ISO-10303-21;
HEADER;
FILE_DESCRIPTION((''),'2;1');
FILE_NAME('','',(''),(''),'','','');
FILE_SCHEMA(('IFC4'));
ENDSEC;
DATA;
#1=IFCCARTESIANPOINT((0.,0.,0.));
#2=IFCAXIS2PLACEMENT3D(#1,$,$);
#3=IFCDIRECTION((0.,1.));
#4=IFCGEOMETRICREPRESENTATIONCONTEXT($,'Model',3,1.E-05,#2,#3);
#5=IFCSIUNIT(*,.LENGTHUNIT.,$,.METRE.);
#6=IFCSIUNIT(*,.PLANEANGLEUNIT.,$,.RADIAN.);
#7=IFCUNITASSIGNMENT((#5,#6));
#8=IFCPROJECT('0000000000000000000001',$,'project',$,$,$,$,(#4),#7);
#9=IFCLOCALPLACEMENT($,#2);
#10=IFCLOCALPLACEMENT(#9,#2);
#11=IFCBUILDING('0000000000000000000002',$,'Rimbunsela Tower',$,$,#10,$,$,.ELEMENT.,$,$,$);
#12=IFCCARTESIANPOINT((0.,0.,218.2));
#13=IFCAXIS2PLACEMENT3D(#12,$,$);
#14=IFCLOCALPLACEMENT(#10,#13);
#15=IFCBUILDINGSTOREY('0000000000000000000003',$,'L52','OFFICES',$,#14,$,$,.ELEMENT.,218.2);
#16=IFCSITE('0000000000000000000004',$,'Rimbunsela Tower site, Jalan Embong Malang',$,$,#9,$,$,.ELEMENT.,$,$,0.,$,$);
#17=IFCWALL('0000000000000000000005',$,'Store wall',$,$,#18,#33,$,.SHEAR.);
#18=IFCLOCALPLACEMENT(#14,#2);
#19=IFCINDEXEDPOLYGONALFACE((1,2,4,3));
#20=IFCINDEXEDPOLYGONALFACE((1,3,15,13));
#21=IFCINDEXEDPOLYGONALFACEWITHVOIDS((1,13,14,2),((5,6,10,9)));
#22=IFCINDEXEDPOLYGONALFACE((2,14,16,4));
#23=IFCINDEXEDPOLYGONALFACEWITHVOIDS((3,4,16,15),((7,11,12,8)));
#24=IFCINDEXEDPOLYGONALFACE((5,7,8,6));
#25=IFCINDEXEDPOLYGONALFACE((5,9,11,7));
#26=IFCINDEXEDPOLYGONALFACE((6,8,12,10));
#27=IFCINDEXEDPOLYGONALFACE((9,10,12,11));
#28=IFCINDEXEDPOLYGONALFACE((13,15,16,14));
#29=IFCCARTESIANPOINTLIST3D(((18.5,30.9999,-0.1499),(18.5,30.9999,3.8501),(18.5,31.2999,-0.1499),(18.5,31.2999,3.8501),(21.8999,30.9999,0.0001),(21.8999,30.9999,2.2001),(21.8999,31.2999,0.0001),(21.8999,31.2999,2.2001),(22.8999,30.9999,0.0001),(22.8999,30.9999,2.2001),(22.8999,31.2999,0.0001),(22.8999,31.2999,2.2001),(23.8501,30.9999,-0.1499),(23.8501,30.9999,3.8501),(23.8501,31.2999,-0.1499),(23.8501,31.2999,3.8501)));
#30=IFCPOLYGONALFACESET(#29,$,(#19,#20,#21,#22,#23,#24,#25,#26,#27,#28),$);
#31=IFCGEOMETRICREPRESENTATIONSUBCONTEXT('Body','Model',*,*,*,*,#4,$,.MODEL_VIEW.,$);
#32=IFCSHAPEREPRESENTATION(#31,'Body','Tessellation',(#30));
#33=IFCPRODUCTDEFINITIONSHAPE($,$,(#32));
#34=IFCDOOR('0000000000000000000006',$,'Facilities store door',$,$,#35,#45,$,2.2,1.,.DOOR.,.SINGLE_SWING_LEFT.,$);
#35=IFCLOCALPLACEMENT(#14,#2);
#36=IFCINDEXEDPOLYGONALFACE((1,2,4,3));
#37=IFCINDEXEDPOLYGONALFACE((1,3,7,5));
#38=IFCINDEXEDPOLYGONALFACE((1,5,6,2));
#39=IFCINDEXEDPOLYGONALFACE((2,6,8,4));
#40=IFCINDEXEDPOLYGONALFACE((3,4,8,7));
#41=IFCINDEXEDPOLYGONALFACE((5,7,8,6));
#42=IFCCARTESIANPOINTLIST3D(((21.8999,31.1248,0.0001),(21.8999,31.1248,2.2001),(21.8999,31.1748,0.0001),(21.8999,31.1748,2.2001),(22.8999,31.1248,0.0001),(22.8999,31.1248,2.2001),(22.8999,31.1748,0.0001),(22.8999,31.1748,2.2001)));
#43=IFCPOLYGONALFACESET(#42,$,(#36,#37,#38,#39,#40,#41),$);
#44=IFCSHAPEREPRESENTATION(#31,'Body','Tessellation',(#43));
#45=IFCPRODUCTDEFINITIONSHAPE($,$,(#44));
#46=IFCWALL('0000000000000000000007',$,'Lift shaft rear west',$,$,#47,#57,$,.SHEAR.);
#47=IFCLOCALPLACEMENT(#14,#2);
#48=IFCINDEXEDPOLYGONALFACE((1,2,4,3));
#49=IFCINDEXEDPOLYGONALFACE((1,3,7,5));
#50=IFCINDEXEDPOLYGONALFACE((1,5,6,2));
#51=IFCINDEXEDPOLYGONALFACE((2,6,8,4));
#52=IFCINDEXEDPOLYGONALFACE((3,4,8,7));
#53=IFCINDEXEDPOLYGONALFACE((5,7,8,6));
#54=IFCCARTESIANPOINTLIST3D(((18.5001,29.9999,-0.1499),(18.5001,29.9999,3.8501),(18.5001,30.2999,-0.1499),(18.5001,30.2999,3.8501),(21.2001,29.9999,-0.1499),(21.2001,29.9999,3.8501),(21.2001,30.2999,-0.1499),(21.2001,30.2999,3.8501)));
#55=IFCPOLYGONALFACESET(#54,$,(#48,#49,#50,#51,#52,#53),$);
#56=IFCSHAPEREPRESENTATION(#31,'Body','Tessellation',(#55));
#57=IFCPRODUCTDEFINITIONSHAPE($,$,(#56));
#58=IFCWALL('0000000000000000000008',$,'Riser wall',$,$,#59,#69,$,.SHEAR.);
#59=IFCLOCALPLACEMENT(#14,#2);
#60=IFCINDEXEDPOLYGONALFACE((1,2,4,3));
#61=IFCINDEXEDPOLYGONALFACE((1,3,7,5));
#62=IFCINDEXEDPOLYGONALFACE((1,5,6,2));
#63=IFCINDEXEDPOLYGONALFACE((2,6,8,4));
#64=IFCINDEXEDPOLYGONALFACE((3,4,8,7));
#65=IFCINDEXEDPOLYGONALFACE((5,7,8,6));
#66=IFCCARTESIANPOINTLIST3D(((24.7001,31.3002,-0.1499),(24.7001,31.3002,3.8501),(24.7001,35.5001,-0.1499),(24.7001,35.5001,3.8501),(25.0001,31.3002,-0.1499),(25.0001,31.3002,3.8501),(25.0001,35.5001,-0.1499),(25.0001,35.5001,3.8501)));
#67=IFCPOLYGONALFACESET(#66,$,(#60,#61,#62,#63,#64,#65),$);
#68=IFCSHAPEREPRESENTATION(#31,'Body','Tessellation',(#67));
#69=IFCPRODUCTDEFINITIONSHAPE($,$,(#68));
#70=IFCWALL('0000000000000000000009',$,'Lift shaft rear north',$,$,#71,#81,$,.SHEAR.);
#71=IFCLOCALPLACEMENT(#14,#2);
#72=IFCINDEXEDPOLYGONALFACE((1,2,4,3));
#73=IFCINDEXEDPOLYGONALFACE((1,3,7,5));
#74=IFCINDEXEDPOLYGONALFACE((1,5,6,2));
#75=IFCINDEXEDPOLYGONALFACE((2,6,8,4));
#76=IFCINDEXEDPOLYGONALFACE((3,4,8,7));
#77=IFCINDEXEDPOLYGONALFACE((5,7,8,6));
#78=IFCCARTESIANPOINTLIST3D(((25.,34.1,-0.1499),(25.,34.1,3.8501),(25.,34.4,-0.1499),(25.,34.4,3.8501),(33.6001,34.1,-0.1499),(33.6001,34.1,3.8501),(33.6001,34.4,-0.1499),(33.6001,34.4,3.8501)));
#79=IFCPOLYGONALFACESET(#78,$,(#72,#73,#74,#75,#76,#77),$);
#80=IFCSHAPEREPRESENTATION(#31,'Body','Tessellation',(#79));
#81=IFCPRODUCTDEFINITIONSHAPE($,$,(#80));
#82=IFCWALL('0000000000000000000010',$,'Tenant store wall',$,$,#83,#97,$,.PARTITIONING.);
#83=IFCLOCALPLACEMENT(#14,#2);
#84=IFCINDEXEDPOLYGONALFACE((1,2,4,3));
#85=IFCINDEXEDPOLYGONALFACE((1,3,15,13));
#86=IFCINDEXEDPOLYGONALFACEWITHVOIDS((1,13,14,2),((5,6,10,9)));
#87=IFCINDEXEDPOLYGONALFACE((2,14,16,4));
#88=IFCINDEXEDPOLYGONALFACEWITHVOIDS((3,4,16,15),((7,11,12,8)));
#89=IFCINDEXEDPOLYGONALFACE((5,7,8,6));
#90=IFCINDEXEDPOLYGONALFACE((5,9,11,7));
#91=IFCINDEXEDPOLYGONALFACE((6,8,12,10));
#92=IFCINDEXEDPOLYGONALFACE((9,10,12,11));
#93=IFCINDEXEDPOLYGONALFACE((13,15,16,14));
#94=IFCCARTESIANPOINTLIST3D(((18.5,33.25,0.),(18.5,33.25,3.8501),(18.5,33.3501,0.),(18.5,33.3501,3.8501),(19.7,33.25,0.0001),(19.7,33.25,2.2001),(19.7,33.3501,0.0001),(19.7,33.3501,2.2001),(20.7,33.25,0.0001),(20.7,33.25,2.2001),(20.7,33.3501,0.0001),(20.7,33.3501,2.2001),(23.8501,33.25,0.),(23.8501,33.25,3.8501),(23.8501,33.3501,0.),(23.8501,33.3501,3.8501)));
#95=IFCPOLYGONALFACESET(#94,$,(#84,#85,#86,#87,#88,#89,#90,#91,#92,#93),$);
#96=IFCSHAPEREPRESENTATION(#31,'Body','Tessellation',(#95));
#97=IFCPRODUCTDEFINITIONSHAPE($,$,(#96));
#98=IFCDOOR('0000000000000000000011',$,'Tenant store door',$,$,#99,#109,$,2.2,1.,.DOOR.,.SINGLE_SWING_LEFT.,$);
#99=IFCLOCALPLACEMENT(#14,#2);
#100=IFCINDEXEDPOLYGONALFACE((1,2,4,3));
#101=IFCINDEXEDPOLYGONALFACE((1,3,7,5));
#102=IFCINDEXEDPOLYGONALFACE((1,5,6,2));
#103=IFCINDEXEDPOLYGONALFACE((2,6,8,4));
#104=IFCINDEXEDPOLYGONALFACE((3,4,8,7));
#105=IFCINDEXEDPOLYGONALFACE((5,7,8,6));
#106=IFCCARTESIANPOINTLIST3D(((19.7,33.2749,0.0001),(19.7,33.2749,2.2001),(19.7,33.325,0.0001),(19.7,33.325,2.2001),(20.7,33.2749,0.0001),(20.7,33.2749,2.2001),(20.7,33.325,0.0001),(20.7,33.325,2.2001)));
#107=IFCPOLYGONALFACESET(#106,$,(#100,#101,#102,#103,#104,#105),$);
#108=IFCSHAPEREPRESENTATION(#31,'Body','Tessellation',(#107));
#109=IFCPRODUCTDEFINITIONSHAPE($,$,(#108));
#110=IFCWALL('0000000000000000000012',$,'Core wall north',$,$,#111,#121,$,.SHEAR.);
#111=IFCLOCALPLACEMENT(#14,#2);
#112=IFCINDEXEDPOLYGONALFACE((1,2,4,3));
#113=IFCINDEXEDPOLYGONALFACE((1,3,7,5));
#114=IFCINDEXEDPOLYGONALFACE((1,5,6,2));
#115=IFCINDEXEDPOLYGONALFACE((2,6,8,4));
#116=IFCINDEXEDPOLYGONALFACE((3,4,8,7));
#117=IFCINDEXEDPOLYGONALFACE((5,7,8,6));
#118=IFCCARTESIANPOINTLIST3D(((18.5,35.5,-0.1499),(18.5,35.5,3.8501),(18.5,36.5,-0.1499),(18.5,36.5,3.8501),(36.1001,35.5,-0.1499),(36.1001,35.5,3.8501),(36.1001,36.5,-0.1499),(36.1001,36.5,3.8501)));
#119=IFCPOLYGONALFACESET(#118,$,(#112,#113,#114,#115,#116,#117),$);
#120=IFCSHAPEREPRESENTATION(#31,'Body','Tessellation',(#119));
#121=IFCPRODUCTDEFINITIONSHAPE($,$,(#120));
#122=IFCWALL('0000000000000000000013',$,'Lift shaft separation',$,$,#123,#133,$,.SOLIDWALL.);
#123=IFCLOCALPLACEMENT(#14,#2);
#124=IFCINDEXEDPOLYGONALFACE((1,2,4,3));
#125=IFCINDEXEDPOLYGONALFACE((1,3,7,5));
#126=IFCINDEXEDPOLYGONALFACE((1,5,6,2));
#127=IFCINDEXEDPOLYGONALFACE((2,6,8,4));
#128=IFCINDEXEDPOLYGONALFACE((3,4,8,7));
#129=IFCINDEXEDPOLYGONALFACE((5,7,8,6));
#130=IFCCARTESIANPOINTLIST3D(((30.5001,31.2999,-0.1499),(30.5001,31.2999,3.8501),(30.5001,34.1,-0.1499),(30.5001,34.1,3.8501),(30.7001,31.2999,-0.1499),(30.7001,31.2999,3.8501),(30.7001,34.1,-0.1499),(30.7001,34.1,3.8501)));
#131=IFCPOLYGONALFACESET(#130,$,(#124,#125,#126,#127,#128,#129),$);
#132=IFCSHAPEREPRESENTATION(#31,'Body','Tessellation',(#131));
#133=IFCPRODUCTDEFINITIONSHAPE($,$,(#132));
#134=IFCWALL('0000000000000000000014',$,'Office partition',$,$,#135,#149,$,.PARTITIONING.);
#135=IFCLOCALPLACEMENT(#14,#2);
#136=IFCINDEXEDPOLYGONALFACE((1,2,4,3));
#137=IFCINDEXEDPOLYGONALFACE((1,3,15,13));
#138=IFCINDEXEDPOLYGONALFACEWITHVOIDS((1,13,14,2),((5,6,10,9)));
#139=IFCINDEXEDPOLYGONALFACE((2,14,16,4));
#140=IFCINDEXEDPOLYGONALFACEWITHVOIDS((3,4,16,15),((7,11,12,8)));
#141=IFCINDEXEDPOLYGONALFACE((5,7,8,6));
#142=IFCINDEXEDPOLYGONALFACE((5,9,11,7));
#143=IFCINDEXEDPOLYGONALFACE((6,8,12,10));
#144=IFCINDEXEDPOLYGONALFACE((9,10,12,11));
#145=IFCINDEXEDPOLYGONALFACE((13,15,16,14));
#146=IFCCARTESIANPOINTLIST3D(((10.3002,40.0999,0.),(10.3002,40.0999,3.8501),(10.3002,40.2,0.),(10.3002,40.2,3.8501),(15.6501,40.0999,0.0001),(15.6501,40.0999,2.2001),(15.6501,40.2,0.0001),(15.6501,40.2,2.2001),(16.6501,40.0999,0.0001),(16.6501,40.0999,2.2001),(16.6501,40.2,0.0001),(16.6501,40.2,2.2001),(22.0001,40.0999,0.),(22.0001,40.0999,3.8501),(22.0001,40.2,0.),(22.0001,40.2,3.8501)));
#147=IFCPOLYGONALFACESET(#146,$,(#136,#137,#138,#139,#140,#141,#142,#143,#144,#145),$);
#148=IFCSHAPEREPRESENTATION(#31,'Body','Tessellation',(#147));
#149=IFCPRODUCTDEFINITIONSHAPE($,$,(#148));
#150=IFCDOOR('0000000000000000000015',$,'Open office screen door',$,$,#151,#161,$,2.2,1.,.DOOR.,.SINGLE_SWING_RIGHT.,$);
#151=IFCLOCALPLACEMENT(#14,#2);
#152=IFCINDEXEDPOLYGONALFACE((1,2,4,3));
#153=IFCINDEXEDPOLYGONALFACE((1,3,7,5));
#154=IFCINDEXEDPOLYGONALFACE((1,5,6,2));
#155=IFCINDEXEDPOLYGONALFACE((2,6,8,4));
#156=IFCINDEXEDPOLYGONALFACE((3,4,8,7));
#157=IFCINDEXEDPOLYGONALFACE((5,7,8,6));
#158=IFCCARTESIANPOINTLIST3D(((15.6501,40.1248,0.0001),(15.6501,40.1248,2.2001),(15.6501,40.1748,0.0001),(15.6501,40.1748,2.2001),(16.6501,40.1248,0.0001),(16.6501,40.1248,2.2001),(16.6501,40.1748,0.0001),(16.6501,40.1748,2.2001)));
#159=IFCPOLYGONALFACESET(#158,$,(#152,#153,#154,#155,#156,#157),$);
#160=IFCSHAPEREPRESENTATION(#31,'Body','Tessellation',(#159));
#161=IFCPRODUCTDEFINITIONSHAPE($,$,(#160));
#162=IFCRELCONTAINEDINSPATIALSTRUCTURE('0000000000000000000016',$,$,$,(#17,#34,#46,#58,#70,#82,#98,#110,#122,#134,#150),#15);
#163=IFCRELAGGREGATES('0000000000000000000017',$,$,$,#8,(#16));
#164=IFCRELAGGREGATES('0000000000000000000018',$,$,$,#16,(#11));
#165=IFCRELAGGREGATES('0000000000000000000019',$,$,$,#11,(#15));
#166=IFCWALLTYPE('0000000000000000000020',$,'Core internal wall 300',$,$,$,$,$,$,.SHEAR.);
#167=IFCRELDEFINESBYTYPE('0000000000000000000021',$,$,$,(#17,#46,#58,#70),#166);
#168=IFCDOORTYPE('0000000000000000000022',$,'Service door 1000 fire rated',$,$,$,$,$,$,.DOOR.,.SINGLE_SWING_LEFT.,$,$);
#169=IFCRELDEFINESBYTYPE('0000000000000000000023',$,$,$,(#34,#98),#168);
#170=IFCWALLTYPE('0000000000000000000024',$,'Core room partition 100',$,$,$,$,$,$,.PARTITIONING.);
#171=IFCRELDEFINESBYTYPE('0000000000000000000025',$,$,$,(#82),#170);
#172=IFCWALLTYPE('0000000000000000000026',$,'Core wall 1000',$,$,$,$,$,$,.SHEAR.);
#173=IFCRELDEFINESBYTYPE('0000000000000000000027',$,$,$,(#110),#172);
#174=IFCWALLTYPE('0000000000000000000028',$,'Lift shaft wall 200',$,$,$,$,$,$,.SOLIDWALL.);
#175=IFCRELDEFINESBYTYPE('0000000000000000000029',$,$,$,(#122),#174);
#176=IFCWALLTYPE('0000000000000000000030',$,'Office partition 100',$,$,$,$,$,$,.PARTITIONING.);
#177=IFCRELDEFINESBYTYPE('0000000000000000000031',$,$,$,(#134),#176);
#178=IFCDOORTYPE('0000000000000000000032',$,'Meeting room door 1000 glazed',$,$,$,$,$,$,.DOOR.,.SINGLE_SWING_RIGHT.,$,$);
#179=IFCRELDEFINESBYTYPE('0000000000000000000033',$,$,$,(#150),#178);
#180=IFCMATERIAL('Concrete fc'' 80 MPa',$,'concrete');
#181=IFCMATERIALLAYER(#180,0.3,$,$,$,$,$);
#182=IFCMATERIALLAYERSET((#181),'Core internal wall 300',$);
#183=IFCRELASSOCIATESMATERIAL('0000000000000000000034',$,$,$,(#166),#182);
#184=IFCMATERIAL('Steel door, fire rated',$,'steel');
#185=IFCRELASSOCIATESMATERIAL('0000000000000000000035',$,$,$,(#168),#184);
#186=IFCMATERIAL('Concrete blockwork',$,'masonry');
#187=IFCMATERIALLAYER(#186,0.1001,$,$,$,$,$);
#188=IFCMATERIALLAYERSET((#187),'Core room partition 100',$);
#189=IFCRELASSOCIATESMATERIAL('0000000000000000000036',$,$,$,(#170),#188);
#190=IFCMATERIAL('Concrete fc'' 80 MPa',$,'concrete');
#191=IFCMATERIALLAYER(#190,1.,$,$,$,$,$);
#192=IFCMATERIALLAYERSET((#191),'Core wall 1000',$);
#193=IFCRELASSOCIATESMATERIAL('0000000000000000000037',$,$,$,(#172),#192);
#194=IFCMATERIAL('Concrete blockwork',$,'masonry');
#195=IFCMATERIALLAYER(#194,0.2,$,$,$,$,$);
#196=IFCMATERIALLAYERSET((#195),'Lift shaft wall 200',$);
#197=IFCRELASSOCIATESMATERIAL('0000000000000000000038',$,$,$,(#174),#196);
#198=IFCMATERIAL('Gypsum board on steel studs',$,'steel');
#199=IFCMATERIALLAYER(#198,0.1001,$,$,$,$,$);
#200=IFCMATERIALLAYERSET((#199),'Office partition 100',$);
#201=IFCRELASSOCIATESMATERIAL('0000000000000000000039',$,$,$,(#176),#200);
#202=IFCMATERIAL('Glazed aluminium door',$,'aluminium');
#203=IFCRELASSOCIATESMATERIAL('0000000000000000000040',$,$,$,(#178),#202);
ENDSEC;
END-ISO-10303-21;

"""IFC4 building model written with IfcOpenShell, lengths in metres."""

from ifc_helpers import new_model, si_unit, direction, frame, frame_2d, origin, place, context, subcontext, project, spatial, rectangle, extrude, material, layer, layer_set, type_object, element, fill, save


model = new_model("IFC4")

# Units and contexts
model_context = context("Model", 3, precision=1e-05, world=origin(), true_north=direction((0.0, 1.0)))
body_context = subcontext(model_context, "Body", "Model", "MODEL_VIEW")
ifc_project = project(units=[si_unit("LENGTHUNIT", "METRE"), si_unit("PLANEANGLEUNIT", "RADIAN")], contexts=[model_context])

# Site, building, storey
site_placement = place(None, origin())
site = spatial("IfcSite", under=ifc_project, at=site_placement, Name="Rimbunsela Tower site, Jalan Embong Malang", CompositionType="ELEMENT", RefElevation=0.0)
building_placement = place(site_placement, origin())
building = spatial("IfcBuilding", under=site, at=building_placement, Name="Rimbunsela Tower", CompositionType="ELEMENT")
storey_placement = place(building_placement, frame((0.0, 0.0, 218.2)))
storey = spatial("IfcBuildingStorey", under=building, at=storey_placement, Name="L52", Description="OFFICES", CompositionType="ELEMENT", Elevation=218.2)

# Shared definitions
ifc_material_1 = material(Name="Concrete fc' 80 MPa", Category="concrete")
ifc_layer_1 = layer(ifc_material_1, 0.3)
ifc_layer_set_1 = layer_set([ifc_layer_1], Name="Core internal wall 300")
wall_type_1 = type_object("IfcWallType", Name="Core internal wall 300", PredefinedType="SHEAR", material=ifc_layer_set_1)
ifc_material_2 = material(Name="Steel door, fire rated", Category="steel")
door_type_1 = type_object("IfcDoorType", Name="Service door 1000 fire rated", OperationType="SINGLE_SWING_LEFT", PredefinedType="DOOR", material=ifc_material_2)

# Wall, opening, door
wall_1_placement = place(storey_placement, frame((18.5, 31.1499, -0.1499), z_axis=(0.0, 0.0, 1.0), x_axis=(1.0, 0.0, 0.0)))
wall_1 = element("IfcWall", 1, at=wall_1_placement, inside=storey, type_object=wall_type_1, Name="Store wall", PredefinedType="SHEAR", context=body_context, shape_type="SweptSolid", body=[
    extrude(rectangle(XDim=5.3501, YDim=0.3, at=frame_2d((2.675, 0.0))), origin(), (0.0, 0.0, 1.0), 4.0),
])
opening_1_placement = place(wall_1_placement, frame((3.3999, 0.0, 0.1499)))
opening_1 = element("IfcOpeningElement", 2, at=opening_1_placement, cuts=wall_1, PredefinedType="OPENING", context=body_context, shape_type="SweptSolid", body=[
    extrude(rectangle(XDim=1.0, YDim=2.2, at=frame_2d((0.5, 1.1001))), frame((0.0, 0.1599, 0.0), z_axis=(0.0, -1.0, 0.0), x_axis=(1.0, 0.0, 0.0)), (0.0, 0.0, 1.0), 0.3201),
])
door_1_placement = place(opening_1_placement, origin())
door_1 = element("IfcDoor", 3, at=door_1_placement, inside=storey, type_object=door_type_1, Name="Facilities store door", OperationType="SINGLE_SWING_LEFT", OverallHeight=2.2, OverallWidth=1.0, PredefinedType="DOOR", context=body_context, shape_type="SweptSolid", body=[
    extrude(rectangle(XDim=1.0, YDim=2.2, at=frame_2d((0.5, 1.1001))), frame((0.0, 0.0249, 0.0), z_axis=(0.0, -1.0, 0.0), x_axis=(1.0, 0.0, 0.0)), (0.0, 0.0, 1.0), 0.05),
])
fill(opening_1, door_1)

# Walls
wall_2_placement = place(storey_placement, frame((18.5, 30.1499, -0.1499), z_axis=(0.0, 0.0, 1.0), x_axis=(1.0, 0.0, 0.0)))
element("IfcWall", 4, at=wall_2_placement, inside=storey, type_object=wall_type_1, Name="Lift shaft rear west", PredefinedType="SHEAR", context=body_context, shape_type="SweptSolid", body=[
    extrude(rectangle(XDim=2.7, YDim=0.3, at=frame_2d((1.3501, 0.0))), origin(), (0.0, 0.0, 1.0), 4.0),
])
wall_3_placement = place(storey_placement, frame((24.8501, 31.3, -0.1499), z_axis=(0.0, 0.0, 1.0), x_axis=(0.0, 1.0, 0.0)))
element("IfcWall", 5, at=wall_3_placement, inside=storey, type_object=wall_type_1, Name="Riser wall", PredefinedType="SHEAR", context=body_context, shape_type="SweptSolid", body=[
    extrude(rectangle(XDim=4.2, YDim=0.3, at=frame_2d((2.1001, 0.0))), origin(), (0.0, 0.0, 1.0), 4.0),
])
wall_4_placement = place(storey_placement, frame((25.0, 34.25, -0.1499), z_axis=(0.0, 0.0, 1.0), x_axis=(1.0, 0.0, 0.0)))
element("IfcWall", 6, at=wall_4_placement, inside=storey, type_object=wall_type_1, Name="Lift shaft rear north", PredefinedType="SHEAR", context=body_context, shape_type="SweptSolid", body=[
    extrude(rectangle(XDim=8.6001, YDim=0.3, at=frame_2d((4.3, 0.0))), origin(), (0.0, 0.0, 1.0), 4.0),
])

# Wall, opening, door
ifc_material_3 = material(Name="Concrete blockwork", Category="masonry")
ifc_layer_2 = layer(ifc_material_3, 0.1001)
ifc_layer_set_2 = layer_set([ifc_layer_2], Name="Core room partition 100")
wall_type_2 = type_object("IfcWallType", Name="Core room partition 100", PredefinedType="PARTITIONING", material=ifc_layer_set_2)
wall_5_placement = place(storey_placement, frame((18.5, 33.3, 0.0), z_axis=(0.0, 0.0, 1.0), x_axis=(1.0, 0.0, 0.0)))
wall_5 = element("IfcWall", 7, at=wall_5_placement, inside=storey, type_object=wall_type_2, Name="Tenant store wall", PredefinedType="PARTITIONING", context=body_context, shape_type="SweptSolid", body=[
    extrude(rectangle(XDim=5.3501, YDim=0.1001, at=frame_2d((2.675, 0.0))), origin(), (0.0, 0.0, 1.0), 3.8501),
])
opening_2_placement = place(wall_5_placement, frame((1.2, 0.0, 0.0)))
opening_2 = element("IfcOpeningElement", 8, at=opening_2_placement, cuts=wall_5, PredefinedType="OPENING", context=body_context, shape_type="SweptSolid", body=[
    extrude(rectangle(XDim=1.0, YDim=2.2, at=frame_2d((0.5, 1.1001))), frame((0.0, 0.0601, 0.0), z_axis=(0.0, -1.0, 0.0), x_axis=(1.0, 0.0, 0.0)), (0.0, 0.0, 1.0), 0.1201),
])
door_2_placement = place(opening_2_placement, origin())
door_2 = element("IfcDoor", 9, at=door_2_placement, inside=storey, type_object=door_type_1, Name="Tenant store door", OperationType="SINGLE_SWING_LEFT", OverallHeight=2.2, OverallWidth=1.0, PredefinedType="DOOR", context=body_context, shape_type="SweptSolid", body=[
    extrude(rectangle(XDim=1.0, YDim=2.2, at=frame_2d((0.5, 1.1001))), frame((0.0, 0.0249, 0.0), z_axis=(0.0, -1.0, 0.0), x_axis=(1.0, 0.0, 0.0)), (0.0, 0.0, 1.0), 0.05),
])
fill(opening_2, door_2)

# Walls
ifc_material_4 = material(Name="Concrete fc' 80 MPa", Category="concrete")
ifc_layer_3 = layer(ifc_material_4, 1.0)
ifc_layer_set_3 = layer_set([ifc_layer_3], Name="Core wall 1000")
wall_type_3 = type_object("IfcWallType", Name="Core wall 1000", PredefinedType="SHEAR", material=ifc_layer_set_3)
wall_6_placement = place(storey_placement, frame((18.5, 36.0, -0.1499), z_axis=(0.0, 0.0, 1.0), x_axis=(1.0, 0.0, 0.0)))
element("IfcWall", 10, at=wall_6_placement, inside=storey, type_object=wall_type_3, Name="Core wall north", PredefinedType="SHEAR", context=body_context, shape_type="SweptSolid", body=[
    extrude(rectangle(XDim=17.6001, YDim=1.0, at=frame_2d((8.8, 0.0))), origin(), (0.0, 0.0, 1.0), 4.0),
])
ifc_material_5 = material(Name="Concrete blockwork", Category="masonry")
ifc_layer_4 = layer(ifc_material_5, 0.2)
ifc_layer_set_4 = layer_set([ifc_layer_4], Name="Lift shaft wall 200")
wall_type_4 = type_object("IfcWallType", Name="Lift shaft wall 200", PredefinedType="SOLIDWALL", material=ifc_layer_set_4)
wall_7_placement = place(storey_placement, frame((30.6001, 31.3, -0.1499), z_axis=(0.0, 0.0, 1.0), x_axis=(0.0, 1.0, 0.0)))
element("IfcWall", 11, at=wall_7_placement, inside=storey, type_object=wall_type_4, Name="Lift shaft separation", PredefinedType="SOLIDWALL", context=body_context, shape_type="SweptSolid", body=[
    extrude(rectangle(XDim=2.8, YDim=0.2, at=frame_2d((1.3999, 0.0))), origin(), (0.0, 0.0, 1.0), 4.0),
])

# Wall, opening, door
ifc_material_6 = material(Name="Gypsum board on steel studs", Category="steel")
ifc_layer_5 = layer(ifc_material_6, 0.1001)
ifc_layer_set_5 = layer_set([ifc_layer_5], Name="Office partition 100")
wall_type_5 = type_object("IfcWallType", Name="Office partition 100", PredefinedType="PARTITIONING", material=ifc_layer_set_5)
wall_8_placement = place(storey_placement, frame((10.3, 40.1499, 0.0), z_axis=(0.0, 0.0, 1.0), x_axis=(1.0, 0.0, 0.0)))
wall_8 = element("IfcWall", 12, at=wall_8_placement, inside=storey, type_object=wall_type_5, Name="Office partition", PredefinedType="PARTITIONING", context=body_context, shape_type="SweptSolid", body=[
    extrude(rectangle(XDim=11.7, YDim=0.1001, at=frame_2d((5.8501, 0.0))), origin(), (0.0, 0.0, 1.0), 3.8501),
])
opening_3_placement = place(wall_8_placement, frame((5.3501, 0.0, 0.0)))
opening_3 = element("IfcOpeningElement", 13, at=opening_3_placement, cuts=wall_8, PredefinedType="OPENING", context=body_context, shape_type="SweptSolid", body=[
    extrude(rectangle(XDim=1.0, YDim=2.2, at=frame_2d((0.5, 1.1001))), frame((0.0, 0.0601, 0.0), z_axis=(0.0, -1.0, 0.0), x_axis=(1.0, 0.0, 0.0)), (0.0, 0.0, 1.0), 0.1201),
])
ifc_material_7 = material(Name="Glazed aluminium door", Category="aluminium")
door_type_2 = type_object("IfcDoorType", Name="Meeting room door 1000 glazed", OperationType="SINGLE_SWING_RIGHT", PredefinedType="DOOR", material=ifc_material_7)
door_3_placement = place(opening_3_placement, origin())
door_3 = element("IfcDoor", 14, at=door_3_placement, inside=storey, type_object=door_type_2, Name="Open office screen door", OperationType="SINGLE_SWING_RIGHT", OverallHeight=2.2, OverallWidth=1.0, PredefinedType="DOOR", context=body_context, shape_type="SweptSolid", body=[
    extrude(rectangle(XDim=1.0, YDim=2.2, at=frame_2d((0.5, 1.1001))), frame((0.0, 0.0249, 0.0), z_axis=(0.0, -1.0, 0.0), x_axis=(1.0, 0.0, 0.0)), (0.0, 0.0, 1.0), 0.05),
])
fill(opening_3, door_3)

save(model, "model.ifc")
